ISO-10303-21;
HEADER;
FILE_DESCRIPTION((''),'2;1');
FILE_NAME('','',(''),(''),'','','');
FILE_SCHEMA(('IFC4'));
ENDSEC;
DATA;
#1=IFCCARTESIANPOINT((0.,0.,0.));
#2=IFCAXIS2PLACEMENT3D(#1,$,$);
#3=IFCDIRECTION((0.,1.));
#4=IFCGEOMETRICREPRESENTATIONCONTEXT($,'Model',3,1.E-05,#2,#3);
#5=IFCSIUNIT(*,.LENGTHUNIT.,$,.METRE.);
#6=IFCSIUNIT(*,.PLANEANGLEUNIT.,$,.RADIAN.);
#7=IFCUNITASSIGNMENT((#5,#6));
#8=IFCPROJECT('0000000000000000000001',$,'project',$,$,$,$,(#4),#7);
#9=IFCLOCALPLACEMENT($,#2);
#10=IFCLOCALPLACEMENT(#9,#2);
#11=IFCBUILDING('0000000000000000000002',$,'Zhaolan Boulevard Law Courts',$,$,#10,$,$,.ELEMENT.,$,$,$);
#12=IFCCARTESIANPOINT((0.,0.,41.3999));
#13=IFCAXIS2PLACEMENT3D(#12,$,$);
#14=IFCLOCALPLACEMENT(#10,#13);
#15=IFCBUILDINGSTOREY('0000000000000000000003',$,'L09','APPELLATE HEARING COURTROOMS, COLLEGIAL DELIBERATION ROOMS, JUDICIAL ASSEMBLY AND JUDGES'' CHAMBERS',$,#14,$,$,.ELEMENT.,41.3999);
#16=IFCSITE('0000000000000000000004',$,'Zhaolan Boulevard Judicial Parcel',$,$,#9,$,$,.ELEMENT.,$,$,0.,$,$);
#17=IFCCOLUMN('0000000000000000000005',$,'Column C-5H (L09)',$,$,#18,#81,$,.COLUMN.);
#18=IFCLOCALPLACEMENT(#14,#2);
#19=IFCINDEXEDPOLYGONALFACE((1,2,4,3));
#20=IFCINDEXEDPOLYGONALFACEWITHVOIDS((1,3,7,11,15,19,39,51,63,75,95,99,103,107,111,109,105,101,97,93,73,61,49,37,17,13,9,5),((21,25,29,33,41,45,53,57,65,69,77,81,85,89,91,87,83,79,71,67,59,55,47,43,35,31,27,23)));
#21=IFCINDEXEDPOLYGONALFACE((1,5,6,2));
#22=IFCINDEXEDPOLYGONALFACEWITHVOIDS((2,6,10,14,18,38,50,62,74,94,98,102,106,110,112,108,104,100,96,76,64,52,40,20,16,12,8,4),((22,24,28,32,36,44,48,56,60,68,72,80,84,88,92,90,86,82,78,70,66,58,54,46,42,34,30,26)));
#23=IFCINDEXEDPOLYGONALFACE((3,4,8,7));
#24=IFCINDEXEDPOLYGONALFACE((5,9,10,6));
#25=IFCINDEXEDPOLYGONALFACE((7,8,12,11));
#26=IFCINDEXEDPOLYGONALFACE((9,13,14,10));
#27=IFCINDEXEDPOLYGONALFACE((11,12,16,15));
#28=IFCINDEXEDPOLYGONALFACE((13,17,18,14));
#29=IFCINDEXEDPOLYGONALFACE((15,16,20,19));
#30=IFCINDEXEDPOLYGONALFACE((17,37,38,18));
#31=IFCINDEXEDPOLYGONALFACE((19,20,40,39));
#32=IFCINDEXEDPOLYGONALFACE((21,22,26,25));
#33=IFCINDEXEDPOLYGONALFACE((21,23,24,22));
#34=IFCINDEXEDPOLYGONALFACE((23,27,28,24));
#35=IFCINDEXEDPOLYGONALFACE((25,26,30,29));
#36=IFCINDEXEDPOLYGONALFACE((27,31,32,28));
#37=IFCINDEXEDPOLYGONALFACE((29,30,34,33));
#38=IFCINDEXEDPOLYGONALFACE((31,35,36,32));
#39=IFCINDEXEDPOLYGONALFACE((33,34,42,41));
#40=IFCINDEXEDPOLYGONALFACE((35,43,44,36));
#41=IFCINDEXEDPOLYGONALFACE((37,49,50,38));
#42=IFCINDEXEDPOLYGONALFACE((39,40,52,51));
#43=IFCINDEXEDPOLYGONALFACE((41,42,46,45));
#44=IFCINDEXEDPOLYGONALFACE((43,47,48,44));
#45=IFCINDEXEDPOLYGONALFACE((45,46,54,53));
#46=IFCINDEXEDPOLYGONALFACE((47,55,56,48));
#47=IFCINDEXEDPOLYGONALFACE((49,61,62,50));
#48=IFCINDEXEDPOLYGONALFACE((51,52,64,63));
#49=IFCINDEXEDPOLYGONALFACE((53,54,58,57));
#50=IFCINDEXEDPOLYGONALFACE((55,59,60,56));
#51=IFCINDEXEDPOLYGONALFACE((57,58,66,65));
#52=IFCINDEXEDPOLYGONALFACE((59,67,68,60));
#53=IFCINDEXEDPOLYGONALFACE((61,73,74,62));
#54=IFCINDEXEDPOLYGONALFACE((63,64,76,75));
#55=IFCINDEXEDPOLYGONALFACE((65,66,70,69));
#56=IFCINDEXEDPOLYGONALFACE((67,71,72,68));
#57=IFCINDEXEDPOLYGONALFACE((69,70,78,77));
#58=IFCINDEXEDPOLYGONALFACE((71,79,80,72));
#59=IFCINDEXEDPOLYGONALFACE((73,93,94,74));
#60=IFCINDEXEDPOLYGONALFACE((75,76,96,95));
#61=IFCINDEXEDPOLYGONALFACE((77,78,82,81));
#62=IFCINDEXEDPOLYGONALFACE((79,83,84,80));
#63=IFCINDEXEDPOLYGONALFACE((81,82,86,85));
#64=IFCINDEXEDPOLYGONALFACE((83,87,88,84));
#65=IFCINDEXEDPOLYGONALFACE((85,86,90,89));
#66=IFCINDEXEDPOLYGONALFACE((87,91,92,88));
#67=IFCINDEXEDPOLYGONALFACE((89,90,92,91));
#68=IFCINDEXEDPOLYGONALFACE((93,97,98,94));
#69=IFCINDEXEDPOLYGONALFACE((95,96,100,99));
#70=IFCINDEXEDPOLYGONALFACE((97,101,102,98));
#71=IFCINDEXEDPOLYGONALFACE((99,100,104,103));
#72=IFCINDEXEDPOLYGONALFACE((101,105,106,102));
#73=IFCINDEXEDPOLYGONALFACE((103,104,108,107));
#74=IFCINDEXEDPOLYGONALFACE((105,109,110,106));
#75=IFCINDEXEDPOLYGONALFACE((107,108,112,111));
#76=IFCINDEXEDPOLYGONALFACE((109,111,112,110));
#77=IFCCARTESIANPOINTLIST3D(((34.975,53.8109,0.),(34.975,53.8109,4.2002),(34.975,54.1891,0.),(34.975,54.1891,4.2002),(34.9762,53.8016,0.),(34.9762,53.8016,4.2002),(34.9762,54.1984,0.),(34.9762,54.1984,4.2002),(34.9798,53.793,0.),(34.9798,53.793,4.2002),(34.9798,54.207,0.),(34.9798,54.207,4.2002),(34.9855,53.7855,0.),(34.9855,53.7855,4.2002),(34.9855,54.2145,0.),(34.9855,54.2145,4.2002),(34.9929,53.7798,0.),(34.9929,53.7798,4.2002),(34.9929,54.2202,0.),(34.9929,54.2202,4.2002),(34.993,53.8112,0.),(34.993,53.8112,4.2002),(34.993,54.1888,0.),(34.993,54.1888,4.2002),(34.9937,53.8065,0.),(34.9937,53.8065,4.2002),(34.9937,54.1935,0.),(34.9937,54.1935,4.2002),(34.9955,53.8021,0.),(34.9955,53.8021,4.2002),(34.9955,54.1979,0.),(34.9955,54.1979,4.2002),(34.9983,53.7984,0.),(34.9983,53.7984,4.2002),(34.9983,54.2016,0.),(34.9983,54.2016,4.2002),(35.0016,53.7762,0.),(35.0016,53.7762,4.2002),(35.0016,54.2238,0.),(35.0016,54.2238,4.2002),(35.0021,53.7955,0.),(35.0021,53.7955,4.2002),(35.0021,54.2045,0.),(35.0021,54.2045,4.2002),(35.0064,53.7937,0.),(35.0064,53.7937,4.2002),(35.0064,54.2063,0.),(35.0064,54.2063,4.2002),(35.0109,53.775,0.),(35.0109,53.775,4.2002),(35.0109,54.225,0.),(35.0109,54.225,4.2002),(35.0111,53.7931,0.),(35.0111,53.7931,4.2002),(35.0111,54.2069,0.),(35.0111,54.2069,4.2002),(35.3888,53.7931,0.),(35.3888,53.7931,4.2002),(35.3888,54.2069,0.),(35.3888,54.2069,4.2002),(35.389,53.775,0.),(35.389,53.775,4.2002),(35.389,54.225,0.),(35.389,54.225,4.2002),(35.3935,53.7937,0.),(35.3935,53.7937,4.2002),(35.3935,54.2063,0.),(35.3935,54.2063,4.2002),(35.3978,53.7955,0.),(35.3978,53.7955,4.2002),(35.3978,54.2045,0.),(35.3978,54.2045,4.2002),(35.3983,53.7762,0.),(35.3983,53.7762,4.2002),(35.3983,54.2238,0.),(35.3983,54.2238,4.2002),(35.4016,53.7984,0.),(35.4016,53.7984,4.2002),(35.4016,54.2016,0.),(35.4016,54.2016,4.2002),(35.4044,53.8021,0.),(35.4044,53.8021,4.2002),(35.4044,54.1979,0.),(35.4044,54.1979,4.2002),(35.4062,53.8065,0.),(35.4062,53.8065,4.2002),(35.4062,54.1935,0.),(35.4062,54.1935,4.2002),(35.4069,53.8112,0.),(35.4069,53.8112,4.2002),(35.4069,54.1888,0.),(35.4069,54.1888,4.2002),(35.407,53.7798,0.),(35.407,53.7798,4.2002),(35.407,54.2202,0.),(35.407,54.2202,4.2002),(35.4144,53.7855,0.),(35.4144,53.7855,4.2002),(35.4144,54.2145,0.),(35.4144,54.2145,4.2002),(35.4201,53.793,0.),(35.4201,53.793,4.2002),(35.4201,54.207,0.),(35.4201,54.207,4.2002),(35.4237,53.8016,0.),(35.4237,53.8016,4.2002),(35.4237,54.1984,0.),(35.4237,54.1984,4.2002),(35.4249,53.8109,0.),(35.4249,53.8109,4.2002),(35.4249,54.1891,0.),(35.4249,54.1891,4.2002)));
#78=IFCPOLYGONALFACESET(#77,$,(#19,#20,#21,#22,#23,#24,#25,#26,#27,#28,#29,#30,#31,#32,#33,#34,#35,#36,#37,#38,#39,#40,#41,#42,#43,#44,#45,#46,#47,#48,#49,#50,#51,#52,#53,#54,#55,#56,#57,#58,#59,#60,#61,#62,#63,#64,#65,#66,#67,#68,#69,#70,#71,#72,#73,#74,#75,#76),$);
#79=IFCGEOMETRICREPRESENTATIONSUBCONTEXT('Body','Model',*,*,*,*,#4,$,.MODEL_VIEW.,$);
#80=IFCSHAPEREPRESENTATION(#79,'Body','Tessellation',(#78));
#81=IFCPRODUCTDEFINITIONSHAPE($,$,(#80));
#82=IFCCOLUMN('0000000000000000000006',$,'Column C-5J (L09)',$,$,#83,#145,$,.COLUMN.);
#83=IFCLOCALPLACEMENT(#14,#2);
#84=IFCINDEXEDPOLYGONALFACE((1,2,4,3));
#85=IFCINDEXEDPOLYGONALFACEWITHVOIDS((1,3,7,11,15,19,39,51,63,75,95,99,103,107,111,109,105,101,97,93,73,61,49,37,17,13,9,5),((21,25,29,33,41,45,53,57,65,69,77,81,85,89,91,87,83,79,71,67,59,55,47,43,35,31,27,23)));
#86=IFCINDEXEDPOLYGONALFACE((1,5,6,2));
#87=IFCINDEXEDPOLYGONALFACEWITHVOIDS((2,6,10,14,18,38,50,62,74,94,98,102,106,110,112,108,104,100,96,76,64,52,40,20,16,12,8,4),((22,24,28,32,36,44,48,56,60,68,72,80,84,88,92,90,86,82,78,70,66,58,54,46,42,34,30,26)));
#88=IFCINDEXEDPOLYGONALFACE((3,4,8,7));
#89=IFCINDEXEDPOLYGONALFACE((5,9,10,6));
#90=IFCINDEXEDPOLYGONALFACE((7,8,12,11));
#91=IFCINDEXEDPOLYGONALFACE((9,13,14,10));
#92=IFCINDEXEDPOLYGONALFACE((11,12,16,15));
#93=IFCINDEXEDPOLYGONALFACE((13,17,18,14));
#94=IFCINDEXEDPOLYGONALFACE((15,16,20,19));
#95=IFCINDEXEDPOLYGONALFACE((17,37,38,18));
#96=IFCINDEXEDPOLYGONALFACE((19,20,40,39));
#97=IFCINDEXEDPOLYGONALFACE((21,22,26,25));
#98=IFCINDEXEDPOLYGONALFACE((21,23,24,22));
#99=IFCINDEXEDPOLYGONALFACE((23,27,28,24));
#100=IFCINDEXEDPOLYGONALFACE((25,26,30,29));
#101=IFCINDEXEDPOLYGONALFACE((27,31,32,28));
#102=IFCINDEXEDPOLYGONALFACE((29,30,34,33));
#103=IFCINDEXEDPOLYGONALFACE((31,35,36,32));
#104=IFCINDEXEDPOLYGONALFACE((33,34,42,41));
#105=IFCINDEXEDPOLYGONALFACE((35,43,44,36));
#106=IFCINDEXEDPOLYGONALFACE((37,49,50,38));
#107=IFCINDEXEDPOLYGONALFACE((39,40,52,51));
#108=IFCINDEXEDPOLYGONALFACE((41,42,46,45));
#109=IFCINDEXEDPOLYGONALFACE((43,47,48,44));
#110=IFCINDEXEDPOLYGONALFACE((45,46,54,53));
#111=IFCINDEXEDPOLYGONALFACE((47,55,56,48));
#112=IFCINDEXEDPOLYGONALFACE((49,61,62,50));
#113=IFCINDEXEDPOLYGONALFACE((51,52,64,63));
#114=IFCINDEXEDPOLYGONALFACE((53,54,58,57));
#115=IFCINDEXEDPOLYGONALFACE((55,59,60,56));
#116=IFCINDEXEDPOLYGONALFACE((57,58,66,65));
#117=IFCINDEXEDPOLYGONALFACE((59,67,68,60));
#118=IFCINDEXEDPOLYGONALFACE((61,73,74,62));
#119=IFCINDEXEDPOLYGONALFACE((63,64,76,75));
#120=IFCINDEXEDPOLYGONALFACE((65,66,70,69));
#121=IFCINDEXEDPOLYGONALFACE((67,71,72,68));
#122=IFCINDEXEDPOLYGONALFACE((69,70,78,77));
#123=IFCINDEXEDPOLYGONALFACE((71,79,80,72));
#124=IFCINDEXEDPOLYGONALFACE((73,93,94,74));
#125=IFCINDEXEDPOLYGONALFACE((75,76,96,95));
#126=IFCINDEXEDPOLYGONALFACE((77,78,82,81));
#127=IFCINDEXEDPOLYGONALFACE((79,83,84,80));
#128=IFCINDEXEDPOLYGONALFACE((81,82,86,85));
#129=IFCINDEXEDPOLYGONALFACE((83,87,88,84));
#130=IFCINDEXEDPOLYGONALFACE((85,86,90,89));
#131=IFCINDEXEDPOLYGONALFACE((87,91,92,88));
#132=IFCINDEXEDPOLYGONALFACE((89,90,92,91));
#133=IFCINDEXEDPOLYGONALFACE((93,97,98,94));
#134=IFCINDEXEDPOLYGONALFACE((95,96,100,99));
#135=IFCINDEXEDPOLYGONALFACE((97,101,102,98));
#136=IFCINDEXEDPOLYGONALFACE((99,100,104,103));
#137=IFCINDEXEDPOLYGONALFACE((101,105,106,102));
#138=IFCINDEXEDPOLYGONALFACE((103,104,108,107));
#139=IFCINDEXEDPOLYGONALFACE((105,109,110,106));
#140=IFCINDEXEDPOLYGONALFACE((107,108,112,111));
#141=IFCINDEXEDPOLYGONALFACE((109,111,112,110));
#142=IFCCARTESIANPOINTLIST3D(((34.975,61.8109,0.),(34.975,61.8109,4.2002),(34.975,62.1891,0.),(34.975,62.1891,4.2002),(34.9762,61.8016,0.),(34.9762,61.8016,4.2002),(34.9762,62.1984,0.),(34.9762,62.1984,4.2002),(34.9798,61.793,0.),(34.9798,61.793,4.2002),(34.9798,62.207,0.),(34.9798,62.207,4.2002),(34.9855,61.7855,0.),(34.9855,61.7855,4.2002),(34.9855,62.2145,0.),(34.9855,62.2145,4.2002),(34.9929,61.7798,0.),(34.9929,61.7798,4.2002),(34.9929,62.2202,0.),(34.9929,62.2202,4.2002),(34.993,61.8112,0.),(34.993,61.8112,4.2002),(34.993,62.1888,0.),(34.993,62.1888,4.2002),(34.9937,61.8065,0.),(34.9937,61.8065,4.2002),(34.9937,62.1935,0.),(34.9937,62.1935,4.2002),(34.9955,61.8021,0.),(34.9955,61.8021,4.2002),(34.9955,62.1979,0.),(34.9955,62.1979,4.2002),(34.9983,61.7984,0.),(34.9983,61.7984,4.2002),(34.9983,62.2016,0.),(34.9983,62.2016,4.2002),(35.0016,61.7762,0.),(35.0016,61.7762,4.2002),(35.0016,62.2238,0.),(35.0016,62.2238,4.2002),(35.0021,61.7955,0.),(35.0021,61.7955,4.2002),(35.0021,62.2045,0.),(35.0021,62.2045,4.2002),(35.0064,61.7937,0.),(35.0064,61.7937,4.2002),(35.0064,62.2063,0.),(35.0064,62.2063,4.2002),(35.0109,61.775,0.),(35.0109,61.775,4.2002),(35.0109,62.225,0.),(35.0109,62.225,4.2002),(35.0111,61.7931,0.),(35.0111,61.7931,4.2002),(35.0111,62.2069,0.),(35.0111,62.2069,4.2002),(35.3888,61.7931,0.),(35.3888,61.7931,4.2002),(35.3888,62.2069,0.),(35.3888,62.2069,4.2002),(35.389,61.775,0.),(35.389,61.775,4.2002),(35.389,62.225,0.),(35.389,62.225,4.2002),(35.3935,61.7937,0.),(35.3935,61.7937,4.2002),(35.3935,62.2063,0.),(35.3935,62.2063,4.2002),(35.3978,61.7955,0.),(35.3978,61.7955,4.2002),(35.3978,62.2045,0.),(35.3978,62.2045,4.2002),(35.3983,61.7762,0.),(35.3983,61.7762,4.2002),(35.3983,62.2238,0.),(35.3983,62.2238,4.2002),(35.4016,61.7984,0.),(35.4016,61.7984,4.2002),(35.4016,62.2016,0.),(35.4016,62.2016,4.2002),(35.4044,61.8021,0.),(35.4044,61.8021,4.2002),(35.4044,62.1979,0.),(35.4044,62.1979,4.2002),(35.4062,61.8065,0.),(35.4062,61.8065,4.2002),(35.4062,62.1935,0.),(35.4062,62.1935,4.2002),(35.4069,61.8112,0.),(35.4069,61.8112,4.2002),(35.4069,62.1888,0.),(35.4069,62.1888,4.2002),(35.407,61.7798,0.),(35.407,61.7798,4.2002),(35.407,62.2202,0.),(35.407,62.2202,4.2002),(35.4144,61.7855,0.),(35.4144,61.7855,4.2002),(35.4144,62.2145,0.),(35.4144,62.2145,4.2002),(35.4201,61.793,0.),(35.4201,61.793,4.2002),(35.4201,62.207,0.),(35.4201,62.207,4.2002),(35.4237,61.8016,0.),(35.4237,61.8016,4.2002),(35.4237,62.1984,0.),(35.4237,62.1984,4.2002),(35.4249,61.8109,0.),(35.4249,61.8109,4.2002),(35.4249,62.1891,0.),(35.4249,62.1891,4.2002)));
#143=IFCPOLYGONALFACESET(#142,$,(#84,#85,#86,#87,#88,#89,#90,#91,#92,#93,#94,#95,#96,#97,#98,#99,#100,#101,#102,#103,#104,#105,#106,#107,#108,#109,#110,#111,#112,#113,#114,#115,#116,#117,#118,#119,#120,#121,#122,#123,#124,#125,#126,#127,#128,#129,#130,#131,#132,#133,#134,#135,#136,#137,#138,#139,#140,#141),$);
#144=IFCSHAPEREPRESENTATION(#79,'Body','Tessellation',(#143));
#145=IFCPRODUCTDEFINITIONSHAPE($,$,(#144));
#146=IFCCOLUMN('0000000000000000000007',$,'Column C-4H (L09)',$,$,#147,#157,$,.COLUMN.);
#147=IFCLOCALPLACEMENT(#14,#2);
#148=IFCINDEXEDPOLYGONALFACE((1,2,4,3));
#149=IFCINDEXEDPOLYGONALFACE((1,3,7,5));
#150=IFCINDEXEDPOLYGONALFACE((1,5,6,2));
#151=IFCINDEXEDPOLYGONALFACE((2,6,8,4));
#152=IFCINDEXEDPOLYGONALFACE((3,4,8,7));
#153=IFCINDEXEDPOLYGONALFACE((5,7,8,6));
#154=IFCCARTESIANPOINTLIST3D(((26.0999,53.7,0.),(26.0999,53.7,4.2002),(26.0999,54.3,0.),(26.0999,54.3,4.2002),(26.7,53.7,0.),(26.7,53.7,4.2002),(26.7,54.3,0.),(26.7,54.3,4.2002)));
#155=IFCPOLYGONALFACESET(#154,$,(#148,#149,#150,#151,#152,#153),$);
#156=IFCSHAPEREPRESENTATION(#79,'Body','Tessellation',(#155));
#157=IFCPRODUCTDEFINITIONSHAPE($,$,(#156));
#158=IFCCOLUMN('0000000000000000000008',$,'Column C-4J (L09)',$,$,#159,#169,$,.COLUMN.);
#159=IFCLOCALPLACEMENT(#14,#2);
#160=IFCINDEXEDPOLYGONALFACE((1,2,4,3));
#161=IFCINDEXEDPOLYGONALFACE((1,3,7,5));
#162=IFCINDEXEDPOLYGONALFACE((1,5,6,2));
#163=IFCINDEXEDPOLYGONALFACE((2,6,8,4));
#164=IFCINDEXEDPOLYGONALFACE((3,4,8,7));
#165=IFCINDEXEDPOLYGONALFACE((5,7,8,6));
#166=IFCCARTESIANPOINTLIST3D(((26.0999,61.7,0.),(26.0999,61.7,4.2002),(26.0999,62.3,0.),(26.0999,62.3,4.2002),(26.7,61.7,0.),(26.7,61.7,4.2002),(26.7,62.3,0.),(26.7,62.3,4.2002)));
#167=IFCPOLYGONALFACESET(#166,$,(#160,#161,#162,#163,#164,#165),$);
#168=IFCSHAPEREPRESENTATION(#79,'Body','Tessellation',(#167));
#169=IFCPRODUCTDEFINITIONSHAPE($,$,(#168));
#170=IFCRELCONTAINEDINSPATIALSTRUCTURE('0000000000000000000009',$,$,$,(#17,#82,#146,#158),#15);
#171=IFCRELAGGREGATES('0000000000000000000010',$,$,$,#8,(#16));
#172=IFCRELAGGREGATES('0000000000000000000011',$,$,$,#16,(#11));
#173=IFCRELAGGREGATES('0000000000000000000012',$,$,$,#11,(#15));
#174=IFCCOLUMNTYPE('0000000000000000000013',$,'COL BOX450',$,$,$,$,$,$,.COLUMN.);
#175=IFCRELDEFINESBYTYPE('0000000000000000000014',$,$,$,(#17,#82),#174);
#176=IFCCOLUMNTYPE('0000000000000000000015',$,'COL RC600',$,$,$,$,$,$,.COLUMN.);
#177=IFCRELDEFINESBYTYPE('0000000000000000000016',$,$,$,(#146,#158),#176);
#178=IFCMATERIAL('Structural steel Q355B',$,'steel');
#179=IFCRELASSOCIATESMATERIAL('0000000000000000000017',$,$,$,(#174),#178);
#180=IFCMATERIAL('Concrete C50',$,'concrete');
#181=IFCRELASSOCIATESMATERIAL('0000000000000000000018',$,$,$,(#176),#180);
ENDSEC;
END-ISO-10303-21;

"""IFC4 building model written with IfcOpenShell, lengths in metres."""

from ifc_helpers import new_model, si_unit, direction, frame, origin, origin_2d, place, context, subcontext, project, spatial, rectangle, hollow_rectangle, extrude, material, material_profile, profile_set, type_object, element, save


model = new_model("IFC4")

# Units and contexts
model_context = context("Model", 3, precision=1e-05, world=origin(), true_north=direction((0.0, 1.0)))
body_context = subcontext(model_context, "Body", "Model", "MODEL_VIEW")
ifc_project = project(units=[si_unit("LENGTHUNIT", "METRE"), si_unit("PLANEANGLEUNIT", "RADIAN")], contexts=[model_context])

# Site, building, storey
site_placement = place(None, origin())
site = spatial("IfcSite", under=ifc_project, at=site_placement, Name="Zhaolan Boulevard Judicial Parcel", CompositionType="ELEMENT", RefElevation=0.0)
building_placement = place(site_placement, origin())
building = spatial("IfcBuilding", under=site, at=building_placement, Name="Zhaolan Boulevard Law Courts", CompositionType="ELEMENT")
storey_placement = place(building_placement, frame((0.0, 0.0, 41.3999)))
storey = spatial("IfcBuildingStorey", under=building, at=storey_placement, Name="L09", Description="APPELLATE HEARING COURTROOMS, COLLEGIAL DELIBERATION ROOMS, JUDICIAL ASSEMBLY AND JUDGES' CHAMBERS", CompositionType="ELEMENT", Elevation=41.3999)

# Columns
ifc_material_1 = material(Name="Structural steel Q355B", Category="steel")
ifc_material_profile_1 = material_profile(ifc_material_1, hollow_rectangle(XDim=0.45, YDim=0.45, WallThickness=0.0181, InnerFilletRadius=0.0181, OuterFilletRadius=0.0359, at=origin_2d()), Name="BOX450x450x18")
ifc_profile_set_1 = profile_set([ifc_material_profile_1], Name="Structural steel Q355B")
column_type_1 = type_object("IfcColumnType", Name="COL BOX450", PredefinedType="COLUMN", material=ifc_profile_set_1)
for number, where, z_axis, x_axis, name in (
    (1, (35.2, 54.0, 0.0), (0.0, 0.0, 1.0), (1.0, 0.0, 0.0), "Column C-5H (L09)"),
    (2, (35.2, 62.0, 0.0), (0.0, 0.0, 1.0), (1.0, 0.0, 0.0), "Column C-5J (L09)"),
):
    element("IfcColumn", number, at=place(storey_placement, frame(where, z_axis=z_axis, x_axis=x_axis)), inside=storey, type_object=column_type_1, Name=name, PredefinedType="COLUMN", context=body_context, shape_type="SweptSolid", body=[
        extrude(hollow_rectangle(XDim=0.45, YDim=0.45, WallThickness=0.0181, InnerFilletRadius=0.0181, OuterFilletRadius=0.0359, at=origin_2d()), origin(), (0.0, 0.0, 1.0), 4.2002),
    ])
ifc_material_2 = material(Name="Concrete C50", Category="concrete")
ifc_material_profile_2 = material_profile(ifc_material_2, rectangle(XDim=0.6001, YDim=0.6001, at=origin_2d()), Name="RC600x600")
ifc_profile_set_2 = profile_set([ifc_material_profile_2], Name="Concrete C50")
column_type_2 = type_object("IfcColumnType", Name="COL RC600", PredefinedType="COLUMN", material=ifc_profile_set_2)
for number, where, z_axis, x_axis, name in (
    (3, (26.3999, 54.0, 0.0), (0.0, 0.0, 1.0), (1.0, 0.0, 0.0), "Column C-4H (L09)"),
    (4, (26.3999, 62.0, 0.0), (0.0, 0.0, 1.0), (1.0, 0.0, 0.0), "Column C-4J (L09)"),
):
    element("IfcColumn", number, at=place(storey_placement, frame(where, z_axis=z_axis, x_axis=x_axis)), inside=storey, type_object=column_type_2, Name=name, PredefinedType="COLUMN", context=body_context, shape_type="SweptSolid", body=[
        extrude(rectangle(XDim=0.6001, YDim=0.6001, at=origin_2d()), origin(), (0.0, 0.0, 1.0), 4.2002),
    ])

save(model, "model.ifc")
